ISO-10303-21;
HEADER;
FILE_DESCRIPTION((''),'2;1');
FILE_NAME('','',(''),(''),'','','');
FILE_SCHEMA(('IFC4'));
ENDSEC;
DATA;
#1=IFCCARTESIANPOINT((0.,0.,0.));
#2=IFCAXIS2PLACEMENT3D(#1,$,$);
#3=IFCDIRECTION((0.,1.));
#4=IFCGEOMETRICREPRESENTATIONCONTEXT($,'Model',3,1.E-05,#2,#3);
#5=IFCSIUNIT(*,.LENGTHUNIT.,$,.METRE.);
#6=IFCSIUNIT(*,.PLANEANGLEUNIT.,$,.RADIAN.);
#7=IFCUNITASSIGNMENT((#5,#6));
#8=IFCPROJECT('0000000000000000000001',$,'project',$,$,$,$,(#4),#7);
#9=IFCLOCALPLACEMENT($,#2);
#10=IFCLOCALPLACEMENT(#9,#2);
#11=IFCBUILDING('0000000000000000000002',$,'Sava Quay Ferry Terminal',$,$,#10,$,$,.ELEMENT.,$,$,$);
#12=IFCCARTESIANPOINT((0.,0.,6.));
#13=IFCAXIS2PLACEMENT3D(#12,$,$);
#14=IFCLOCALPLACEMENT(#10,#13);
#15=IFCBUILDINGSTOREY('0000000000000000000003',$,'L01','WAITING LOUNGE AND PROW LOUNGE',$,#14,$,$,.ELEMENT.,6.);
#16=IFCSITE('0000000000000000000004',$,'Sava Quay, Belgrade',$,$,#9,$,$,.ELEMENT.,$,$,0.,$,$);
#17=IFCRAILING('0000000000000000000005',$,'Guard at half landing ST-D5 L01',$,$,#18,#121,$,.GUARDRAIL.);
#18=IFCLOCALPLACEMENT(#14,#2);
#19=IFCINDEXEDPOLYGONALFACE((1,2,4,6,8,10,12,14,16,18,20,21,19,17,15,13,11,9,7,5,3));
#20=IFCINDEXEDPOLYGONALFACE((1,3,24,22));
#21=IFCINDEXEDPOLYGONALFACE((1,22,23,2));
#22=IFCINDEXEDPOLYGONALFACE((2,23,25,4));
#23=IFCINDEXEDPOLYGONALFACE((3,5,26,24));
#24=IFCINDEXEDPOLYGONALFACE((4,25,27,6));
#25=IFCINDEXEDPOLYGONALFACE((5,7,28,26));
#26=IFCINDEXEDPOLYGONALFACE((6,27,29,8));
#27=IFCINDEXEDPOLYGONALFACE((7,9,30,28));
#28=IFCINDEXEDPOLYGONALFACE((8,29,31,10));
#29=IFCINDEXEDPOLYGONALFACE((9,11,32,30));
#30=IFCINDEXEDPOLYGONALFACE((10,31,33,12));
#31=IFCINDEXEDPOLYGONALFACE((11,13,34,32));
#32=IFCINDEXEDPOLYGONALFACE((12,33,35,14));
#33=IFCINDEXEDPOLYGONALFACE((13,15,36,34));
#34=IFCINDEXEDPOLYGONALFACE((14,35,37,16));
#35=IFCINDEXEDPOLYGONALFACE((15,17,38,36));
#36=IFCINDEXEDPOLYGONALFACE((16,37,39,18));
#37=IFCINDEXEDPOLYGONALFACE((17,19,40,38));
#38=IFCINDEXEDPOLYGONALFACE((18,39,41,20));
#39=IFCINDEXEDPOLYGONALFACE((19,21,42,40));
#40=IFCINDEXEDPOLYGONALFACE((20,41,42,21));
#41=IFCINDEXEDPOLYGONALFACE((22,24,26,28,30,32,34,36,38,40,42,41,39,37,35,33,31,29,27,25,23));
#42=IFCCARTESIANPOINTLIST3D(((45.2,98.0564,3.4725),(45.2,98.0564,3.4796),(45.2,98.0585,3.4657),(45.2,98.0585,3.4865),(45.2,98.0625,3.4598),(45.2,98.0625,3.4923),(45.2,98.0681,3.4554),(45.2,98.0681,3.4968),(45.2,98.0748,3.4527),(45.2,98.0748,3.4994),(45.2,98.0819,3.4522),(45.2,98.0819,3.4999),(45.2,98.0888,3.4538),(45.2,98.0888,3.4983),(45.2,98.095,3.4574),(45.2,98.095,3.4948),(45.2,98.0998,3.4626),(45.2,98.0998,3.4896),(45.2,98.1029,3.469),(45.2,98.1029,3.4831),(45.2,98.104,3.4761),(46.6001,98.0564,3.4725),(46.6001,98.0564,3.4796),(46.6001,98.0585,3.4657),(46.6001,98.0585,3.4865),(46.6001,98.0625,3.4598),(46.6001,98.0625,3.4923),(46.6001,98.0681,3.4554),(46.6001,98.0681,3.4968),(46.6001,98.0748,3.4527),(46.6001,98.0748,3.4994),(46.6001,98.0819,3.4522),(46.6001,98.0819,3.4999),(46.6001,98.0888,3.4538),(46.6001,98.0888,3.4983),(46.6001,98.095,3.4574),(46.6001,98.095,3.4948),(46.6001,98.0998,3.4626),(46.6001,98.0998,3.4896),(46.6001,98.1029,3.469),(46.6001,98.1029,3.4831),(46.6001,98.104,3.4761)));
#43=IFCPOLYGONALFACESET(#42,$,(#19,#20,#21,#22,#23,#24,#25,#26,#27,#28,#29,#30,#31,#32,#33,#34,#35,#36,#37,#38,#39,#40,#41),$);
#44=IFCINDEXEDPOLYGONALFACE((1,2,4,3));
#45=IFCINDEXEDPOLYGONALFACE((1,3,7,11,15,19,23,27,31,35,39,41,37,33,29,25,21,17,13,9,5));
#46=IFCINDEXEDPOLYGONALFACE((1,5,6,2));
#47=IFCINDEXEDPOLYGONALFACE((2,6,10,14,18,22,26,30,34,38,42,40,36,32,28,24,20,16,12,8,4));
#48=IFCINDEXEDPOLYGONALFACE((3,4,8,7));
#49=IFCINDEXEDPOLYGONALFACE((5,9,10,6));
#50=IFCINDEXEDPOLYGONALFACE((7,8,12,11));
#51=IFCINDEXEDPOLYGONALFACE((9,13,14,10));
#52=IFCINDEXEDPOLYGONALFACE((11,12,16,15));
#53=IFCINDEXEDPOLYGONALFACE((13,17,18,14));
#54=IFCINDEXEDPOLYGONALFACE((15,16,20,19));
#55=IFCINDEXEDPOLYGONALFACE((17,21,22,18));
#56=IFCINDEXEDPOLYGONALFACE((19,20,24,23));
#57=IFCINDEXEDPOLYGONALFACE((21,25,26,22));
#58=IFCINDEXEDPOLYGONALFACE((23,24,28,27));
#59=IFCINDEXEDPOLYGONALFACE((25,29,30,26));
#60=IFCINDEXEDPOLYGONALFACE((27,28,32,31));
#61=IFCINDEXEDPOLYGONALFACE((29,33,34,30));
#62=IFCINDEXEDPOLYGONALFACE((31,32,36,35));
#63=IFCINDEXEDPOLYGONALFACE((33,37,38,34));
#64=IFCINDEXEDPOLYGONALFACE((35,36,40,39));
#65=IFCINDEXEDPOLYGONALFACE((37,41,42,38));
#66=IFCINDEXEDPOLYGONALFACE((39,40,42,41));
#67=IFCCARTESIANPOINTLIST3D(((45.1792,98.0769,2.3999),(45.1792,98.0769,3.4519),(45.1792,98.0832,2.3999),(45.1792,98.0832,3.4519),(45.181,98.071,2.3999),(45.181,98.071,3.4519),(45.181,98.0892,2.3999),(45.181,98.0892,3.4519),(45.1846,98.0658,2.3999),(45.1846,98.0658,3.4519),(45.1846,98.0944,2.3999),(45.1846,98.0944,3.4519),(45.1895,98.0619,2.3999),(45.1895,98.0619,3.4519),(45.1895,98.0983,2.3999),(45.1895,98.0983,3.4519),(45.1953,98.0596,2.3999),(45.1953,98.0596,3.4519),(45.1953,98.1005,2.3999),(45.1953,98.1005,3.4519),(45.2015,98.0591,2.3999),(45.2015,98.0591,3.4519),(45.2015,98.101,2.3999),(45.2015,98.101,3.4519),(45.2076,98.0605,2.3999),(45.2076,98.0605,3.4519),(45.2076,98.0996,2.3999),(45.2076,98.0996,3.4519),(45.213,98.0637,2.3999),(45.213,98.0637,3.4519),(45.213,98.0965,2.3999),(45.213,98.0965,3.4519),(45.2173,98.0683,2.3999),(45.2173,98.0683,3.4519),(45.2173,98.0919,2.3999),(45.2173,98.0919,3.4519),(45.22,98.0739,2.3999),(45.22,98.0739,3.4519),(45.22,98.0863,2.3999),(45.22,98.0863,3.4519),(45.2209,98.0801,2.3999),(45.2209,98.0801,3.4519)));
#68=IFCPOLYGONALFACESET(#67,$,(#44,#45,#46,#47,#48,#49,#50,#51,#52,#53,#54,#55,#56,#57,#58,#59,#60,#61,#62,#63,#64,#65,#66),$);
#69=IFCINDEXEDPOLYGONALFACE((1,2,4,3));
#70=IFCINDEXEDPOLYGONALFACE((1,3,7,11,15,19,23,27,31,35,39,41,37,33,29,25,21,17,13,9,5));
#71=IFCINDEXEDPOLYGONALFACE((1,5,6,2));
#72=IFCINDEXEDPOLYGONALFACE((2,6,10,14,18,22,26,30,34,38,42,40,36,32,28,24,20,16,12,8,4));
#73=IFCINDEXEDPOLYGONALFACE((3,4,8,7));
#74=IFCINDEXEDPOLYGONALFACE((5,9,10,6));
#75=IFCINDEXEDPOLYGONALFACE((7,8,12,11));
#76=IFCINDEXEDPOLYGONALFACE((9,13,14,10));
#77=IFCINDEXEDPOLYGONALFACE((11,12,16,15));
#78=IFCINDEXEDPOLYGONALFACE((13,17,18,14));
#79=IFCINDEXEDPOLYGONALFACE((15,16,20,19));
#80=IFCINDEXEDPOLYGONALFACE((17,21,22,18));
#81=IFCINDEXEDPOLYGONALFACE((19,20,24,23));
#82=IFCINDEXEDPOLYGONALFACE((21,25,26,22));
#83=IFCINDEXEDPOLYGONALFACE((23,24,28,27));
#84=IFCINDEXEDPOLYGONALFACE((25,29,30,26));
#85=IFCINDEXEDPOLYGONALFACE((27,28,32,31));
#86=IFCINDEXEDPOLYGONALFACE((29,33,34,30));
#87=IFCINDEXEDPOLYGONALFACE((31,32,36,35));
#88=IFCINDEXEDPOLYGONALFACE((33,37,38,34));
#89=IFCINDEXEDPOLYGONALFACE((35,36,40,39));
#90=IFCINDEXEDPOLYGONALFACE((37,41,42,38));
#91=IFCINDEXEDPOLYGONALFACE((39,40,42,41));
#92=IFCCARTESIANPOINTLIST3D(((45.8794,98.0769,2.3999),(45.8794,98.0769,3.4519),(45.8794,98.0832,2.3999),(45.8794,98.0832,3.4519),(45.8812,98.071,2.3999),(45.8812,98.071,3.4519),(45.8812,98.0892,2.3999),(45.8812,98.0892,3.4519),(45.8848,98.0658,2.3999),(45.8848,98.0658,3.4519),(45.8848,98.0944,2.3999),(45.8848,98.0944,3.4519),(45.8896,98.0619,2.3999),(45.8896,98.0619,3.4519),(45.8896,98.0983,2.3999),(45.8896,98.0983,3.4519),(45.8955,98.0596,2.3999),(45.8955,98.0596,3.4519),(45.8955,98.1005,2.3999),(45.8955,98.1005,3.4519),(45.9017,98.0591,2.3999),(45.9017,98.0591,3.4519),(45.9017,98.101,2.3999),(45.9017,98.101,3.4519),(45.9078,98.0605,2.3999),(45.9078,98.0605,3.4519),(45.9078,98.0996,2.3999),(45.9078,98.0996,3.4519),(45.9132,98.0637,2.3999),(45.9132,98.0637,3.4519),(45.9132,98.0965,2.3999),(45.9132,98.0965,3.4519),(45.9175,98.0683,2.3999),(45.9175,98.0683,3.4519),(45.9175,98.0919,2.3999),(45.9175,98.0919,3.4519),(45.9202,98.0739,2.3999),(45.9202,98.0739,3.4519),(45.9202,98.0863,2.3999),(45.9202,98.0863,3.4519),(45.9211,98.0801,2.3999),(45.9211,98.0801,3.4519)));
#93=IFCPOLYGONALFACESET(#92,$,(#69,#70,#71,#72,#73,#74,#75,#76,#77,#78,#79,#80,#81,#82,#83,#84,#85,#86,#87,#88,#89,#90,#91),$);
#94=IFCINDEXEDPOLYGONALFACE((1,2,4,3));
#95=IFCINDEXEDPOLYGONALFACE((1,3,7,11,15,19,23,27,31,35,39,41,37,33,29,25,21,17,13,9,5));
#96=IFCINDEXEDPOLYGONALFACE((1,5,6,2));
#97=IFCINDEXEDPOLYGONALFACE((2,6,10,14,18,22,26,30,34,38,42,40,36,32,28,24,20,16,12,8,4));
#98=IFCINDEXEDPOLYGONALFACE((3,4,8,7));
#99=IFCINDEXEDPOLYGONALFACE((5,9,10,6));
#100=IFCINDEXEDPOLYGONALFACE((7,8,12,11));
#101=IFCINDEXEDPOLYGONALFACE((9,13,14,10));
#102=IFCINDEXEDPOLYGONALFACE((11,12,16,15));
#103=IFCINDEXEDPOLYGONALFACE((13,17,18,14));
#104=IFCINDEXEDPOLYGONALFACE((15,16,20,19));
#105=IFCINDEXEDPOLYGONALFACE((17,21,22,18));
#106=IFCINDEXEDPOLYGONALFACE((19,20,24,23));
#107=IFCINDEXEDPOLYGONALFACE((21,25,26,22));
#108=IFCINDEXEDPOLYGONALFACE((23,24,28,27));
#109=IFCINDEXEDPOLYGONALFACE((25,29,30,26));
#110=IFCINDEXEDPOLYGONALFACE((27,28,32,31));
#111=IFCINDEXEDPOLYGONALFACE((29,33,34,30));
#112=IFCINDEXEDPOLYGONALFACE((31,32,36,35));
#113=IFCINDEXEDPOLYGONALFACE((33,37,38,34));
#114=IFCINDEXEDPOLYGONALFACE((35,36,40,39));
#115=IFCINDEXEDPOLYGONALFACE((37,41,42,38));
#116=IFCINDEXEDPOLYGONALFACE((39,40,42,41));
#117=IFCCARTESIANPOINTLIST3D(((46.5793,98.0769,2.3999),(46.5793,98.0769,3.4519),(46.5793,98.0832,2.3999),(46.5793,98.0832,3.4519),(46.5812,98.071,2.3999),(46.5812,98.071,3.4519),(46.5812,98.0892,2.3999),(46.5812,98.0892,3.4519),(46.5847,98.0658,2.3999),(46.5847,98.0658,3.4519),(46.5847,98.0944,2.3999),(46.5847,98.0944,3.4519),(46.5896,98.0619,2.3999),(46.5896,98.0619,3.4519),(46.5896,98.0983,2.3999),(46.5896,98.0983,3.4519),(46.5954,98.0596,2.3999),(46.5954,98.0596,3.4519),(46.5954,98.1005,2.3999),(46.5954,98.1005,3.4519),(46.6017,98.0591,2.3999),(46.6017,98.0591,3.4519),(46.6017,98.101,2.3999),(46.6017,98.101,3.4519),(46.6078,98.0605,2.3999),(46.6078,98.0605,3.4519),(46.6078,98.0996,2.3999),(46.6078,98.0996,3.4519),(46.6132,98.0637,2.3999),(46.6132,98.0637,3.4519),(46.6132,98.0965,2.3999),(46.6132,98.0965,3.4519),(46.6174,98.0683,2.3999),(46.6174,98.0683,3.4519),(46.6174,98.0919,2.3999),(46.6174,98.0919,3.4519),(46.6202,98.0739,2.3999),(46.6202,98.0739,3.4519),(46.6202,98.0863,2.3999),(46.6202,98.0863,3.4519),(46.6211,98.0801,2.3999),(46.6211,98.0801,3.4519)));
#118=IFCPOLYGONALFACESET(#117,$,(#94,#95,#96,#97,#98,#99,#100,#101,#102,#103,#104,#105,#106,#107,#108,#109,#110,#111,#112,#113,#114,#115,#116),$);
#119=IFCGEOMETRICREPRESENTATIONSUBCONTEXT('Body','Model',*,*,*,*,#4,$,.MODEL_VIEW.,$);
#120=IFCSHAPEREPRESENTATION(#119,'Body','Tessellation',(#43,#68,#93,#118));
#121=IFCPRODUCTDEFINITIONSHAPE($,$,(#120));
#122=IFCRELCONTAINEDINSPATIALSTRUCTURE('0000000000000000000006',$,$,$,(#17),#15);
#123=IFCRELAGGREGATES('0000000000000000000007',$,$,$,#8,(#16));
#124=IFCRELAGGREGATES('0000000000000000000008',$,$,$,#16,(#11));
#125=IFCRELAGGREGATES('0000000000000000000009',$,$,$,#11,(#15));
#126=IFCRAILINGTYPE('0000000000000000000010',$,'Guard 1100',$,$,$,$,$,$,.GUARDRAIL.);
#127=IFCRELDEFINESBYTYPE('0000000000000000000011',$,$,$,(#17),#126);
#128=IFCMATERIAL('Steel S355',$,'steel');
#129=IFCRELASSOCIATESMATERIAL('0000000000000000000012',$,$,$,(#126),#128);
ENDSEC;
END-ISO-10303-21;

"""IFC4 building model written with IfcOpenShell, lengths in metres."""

from ifc_helpers import new_model, si_unit, direction, frame, origin, origin_2d, place, context, subcontext, project, spatial, circle, extrude, material, type_object, element, save


model = new_model("IFC4")

# Units and contexts
model_context = context("Model", 3, precision=1e-05, world=origin(), true_north=direction((0.0, 1.0)))
body_context = subcontext(model_context, "Body", "Model", "MODEL_VIEW")
ifc_project = project(units=[si_unit("LENGTHUNIT", "METRE"), si_unit("PLANEANGLEUNIT", "RADIAN")], contexts=[model_context])

# Site, building, storey
site_placement = place(None, origin())
site = spatial("IfcSite", under=ifc_project, at=site_placement, Name="Sava Quay, Belgrade", CompositionType="ELEMENT", RefElevation=0.0)
building_placement = place(site_placement, origin())
building = spatial("IfcBuilding", under=site, at=building_placement, Name="Sava Quay Ferry Terminal", CompositionType="ELEMENT")
storey_placement = place(building_placement, frame((0.0, 0.0, 6.0)))
storey = spatial("IfcBuildingStorey", under=building, at=storey_placement, Name="L01", Description="WAITING LOUNGE AND PROW LOUNGE", CompositionType="ELEMENT", Elevation=6.0)

# Railing
ifc_material_1 = material(Name="Steel S355", Category="steel")
railing_type_1 = type_object("IfcRailingType", Name="Guard 1100", PredefinedType="GUARDRAIL", material=ifc_material_1)
railing_1_placement = place(storey_placement, frame((45.2, 98.0801, 2.3999)))
element("IfcRailing", 1, at=railing_1_placement, inside=storey, type_object=railing_type_1, Name="Guard at half landing ST-D5 L01", PredefinedType="GUARDRAIL", context=body_context, shape_type="SweptSolid", body=[
    extrude(circle(Radius=0.0239, at=origin_2d()), frame((0.0, 0.0, 1.0762), z_axis=(1.0, 0.0, 0.0), x_axis=(0.0, 1.0, 0.0)), (0.0, 0.0, 1.0), 1.4001),
    extrude(circle(Radius=0.021, at=origin_2d()), origin(), (0.0, 0.0, 1.0), 1.052),
    extrude(circle(Radius=0.021, at=origin_2d()), frame((0.7002, 0.0, 0.0)), (0.0, 0.0, 1.0), 1.052),
    extrude(circle(Radius=0.021, at=origin_2d()), frame((1.4001, 0.0, 0.0)), (0.0, 0.0, 1.0), 1.052),
])

save(model, "model.ifc")
